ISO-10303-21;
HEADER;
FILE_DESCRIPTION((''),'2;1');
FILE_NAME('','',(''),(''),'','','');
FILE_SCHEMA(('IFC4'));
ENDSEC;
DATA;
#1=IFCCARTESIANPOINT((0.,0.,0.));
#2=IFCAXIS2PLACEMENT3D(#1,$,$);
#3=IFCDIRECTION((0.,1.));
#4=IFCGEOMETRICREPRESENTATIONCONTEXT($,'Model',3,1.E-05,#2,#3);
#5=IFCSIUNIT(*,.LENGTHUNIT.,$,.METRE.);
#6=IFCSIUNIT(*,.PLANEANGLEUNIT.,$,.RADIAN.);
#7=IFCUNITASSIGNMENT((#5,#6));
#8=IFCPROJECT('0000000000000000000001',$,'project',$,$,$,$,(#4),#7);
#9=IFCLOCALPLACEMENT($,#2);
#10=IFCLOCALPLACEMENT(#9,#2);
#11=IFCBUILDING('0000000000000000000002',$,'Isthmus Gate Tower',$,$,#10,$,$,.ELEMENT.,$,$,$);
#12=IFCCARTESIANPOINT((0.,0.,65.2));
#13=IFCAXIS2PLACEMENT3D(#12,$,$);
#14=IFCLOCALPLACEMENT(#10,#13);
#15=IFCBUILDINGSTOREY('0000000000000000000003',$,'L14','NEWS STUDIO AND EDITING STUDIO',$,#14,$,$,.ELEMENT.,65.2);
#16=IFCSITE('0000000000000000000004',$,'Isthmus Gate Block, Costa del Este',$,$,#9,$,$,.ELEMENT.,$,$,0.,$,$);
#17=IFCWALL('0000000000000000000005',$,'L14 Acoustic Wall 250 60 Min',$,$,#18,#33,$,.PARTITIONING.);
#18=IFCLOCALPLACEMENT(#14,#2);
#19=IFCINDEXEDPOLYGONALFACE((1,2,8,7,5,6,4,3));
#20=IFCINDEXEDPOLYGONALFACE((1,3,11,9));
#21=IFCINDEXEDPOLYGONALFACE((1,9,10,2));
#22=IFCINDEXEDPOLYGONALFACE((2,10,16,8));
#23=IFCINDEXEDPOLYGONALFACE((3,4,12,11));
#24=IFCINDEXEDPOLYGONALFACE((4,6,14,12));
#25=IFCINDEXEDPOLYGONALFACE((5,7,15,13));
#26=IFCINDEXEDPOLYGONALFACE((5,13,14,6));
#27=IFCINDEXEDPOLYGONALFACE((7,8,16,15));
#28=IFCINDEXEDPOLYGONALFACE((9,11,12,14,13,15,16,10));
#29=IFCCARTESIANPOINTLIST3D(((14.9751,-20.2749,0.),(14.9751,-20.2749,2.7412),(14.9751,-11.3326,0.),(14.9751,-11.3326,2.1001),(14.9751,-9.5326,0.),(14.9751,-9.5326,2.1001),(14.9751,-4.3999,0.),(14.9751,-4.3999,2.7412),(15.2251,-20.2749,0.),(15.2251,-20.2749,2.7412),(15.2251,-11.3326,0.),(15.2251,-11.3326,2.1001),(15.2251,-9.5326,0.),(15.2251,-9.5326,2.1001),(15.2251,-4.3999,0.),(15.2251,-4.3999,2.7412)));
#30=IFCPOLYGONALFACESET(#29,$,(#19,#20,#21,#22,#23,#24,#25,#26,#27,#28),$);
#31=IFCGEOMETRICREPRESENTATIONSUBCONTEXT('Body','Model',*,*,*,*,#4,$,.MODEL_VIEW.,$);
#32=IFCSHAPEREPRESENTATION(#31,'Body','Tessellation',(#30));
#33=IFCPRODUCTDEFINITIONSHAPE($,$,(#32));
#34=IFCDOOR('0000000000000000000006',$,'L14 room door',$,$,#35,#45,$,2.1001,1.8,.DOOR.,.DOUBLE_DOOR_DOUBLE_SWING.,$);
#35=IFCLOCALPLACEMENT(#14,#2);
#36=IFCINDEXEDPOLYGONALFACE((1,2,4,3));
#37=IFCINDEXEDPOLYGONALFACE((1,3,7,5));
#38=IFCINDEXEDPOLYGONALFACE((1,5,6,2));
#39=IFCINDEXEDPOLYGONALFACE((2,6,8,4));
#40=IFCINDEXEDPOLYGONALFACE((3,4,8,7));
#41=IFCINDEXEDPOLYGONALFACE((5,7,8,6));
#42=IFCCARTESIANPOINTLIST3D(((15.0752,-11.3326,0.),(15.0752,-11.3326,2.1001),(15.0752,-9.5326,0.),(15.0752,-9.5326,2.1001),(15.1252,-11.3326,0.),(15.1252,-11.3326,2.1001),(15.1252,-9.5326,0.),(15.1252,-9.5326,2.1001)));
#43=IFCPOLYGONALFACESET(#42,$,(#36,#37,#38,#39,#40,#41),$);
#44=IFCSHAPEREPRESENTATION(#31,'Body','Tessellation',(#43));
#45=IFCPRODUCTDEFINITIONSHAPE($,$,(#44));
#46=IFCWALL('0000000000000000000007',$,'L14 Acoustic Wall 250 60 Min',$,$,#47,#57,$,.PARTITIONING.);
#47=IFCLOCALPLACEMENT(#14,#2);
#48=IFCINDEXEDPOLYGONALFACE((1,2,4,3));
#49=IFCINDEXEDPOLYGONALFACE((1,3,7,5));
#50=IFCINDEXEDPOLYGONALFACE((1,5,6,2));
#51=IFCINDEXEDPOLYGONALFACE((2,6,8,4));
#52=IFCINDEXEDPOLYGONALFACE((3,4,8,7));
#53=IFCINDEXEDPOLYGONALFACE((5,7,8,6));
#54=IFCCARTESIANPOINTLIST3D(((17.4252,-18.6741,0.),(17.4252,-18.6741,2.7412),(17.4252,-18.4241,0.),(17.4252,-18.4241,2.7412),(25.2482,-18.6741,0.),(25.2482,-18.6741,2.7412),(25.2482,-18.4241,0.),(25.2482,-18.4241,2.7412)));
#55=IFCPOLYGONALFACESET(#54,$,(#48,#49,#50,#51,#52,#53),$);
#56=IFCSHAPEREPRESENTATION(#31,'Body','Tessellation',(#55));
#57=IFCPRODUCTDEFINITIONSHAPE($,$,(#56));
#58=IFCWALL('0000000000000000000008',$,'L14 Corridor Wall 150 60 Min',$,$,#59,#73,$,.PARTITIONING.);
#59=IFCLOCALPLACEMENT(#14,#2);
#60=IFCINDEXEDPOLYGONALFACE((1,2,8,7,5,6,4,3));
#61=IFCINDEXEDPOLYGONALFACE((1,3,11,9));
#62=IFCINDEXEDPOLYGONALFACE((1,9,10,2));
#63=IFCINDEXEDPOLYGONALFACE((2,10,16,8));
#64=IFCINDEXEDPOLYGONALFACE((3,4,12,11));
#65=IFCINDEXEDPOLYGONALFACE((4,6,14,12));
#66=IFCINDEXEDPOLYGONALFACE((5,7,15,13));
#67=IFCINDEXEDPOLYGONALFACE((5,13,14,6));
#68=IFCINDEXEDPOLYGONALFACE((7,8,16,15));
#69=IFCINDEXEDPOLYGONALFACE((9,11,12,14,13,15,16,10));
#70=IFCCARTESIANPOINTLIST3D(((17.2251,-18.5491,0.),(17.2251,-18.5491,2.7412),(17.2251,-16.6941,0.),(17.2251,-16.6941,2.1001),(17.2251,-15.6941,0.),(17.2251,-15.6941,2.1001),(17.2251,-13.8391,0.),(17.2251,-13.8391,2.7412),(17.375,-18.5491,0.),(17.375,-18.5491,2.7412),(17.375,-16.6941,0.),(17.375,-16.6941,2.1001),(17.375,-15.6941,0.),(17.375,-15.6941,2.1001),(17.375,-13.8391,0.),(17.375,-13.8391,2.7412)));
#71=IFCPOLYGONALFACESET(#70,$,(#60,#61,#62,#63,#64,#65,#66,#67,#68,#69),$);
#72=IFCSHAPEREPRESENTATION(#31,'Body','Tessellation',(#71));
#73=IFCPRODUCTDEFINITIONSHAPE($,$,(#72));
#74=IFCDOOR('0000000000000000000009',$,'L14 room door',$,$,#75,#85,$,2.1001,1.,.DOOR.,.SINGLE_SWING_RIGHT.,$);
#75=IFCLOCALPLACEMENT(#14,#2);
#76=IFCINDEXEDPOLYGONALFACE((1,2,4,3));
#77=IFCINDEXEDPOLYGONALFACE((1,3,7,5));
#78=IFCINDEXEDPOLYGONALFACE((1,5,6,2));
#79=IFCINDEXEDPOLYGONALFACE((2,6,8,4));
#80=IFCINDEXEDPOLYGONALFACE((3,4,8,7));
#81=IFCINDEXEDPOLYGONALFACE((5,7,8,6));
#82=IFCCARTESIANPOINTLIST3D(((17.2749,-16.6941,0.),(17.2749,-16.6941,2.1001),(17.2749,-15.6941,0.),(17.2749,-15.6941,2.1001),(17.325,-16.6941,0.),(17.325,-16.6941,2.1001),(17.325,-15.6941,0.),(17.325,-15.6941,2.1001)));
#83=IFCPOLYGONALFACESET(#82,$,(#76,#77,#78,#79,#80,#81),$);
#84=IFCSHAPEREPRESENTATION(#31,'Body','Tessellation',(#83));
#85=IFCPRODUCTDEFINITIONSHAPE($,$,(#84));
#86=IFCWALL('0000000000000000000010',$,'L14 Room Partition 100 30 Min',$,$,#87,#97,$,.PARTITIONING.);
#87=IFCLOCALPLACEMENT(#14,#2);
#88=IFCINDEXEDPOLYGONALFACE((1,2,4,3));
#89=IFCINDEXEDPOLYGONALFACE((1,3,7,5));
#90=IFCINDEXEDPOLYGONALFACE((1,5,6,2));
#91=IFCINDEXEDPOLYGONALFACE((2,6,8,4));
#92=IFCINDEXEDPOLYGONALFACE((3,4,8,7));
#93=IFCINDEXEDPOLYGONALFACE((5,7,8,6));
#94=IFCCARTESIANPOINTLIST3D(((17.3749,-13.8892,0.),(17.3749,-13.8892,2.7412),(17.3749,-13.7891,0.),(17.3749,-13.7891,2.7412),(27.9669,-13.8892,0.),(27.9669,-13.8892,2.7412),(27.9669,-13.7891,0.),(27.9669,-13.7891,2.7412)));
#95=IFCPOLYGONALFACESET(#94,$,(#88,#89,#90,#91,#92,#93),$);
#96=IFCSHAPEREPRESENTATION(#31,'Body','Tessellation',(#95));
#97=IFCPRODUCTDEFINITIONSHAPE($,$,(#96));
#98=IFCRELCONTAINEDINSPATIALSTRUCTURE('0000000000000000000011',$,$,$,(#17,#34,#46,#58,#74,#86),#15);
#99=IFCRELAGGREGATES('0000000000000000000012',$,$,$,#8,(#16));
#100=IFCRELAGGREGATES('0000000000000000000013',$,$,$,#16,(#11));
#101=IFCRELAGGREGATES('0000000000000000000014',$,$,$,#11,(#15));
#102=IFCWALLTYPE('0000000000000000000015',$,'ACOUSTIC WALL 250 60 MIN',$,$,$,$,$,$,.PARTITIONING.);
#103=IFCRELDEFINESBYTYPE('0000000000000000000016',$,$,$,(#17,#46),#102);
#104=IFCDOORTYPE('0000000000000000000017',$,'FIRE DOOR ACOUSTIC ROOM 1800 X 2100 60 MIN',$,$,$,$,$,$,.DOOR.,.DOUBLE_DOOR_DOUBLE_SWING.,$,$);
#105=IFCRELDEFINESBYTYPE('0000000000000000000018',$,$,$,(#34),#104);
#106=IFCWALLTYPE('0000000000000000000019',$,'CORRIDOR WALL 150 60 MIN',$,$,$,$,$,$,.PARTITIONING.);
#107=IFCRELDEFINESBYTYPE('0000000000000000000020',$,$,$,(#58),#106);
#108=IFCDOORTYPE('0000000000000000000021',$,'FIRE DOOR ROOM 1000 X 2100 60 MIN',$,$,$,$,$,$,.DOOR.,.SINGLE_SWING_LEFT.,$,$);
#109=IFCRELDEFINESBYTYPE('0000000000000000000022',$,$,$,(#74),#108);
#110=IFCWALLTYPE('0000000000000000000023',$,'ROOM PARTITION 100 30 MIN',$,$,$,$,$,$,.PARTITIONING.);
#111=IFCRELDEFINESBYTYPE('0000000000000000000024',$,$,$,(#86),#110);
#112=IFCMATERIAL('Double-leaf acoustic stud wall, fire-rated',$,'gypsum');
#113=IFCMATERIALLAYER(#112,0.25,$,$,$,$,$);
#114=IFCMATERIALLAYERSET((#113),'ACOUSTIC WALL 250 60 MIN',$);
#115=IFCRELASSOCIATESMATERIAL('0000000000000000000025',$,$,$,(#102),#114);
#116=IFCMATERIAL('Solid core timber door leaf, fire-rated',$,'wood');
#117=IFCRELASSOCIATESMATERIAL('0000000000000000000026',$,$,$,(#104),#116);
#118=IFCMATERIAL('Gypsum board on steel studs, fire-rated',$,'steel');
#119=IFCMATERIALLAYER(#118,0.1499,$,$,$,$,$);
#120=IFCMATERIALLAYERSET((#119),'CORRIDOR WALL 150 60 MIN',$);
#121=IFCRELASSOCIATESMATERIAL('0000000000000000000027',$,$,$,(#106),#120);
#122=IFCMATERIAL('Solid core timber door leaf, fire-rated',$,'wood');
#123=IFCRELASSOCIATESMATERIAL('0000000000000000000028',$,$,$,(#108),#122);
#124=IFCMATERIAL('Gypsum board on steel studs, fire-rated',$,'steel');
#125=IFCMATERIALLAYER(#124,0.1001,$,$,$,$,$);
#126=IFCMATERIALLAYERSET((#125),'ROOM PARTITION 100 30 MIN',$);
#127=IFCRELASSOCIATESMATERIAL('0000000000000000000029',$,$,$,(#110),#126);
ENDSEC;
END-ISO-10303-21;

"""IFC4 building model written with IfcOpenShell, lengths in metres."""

from ifc_helpers import new_model, si_unit, direction, frame, frame_2d, origin, place, context, subcontext, project, spatial, rectangle, extrude, material, layer, layer_set, type_object, element, fill, save


model = new_model("IFC4")

# Units and contexts
model_context = context("Model", 3, precision=1e-05, world=origin(), true_north=direction((0.0, 1.0)))
body_context = subcontext(model_context, "Body", "Model", "MODEL_VIEW")
ifc_project = project(units=[si_unit("LENGTHUNIT", "METRE"), si_unit("PLANEANGLEUNIT", "RADIAN")], contexts=[model_context])

# Site, building, storey
site_placement = place(None, origin())
site = spatial("IfcSite", under=ifc_project, at=site_placement, Name="Isthmus Gate Block, Costa del Este", CompositionType="ELEMENT", RefElevation=0.0)
building_placement = place(site_placement, origin())
building = spatial("IfcBuilding", under=site, at=building_placement, Name="Isthmus Gate Tower", CompositionType="ELEMENT")
storey_placement = place(building_placement, frame((0.0, 0.0, 65.2)))
storey = spatial("IfcBuildingStorey", under=building, at=storey_placement, Name="L14", Description="NEWS STUDIO AND EDITING STUDIO", CompositionType="ELEMENT", Elevation=65.2)

# Shared definitions
ifc_material_1 = material(Name="Double-leaf acoustic stud wall, fire-rated", Category="gypsum")
ifc_layer_1 = layer(ifc_material_1, 0.25)
ifc_layer_set_1 = layer_set([ifc_layer_1], Name="ACOUSTIC WALL 250 60 MIN")
wall_type_1 = type_object("IfcWallType", Name="ACOUSTIC WALL 250 60 MIN", PredefinedType="PARTITIONING", material=ifc_layer_set_1)

# Wall, opening, door
wall_1_placement = place(storey_placement, frame((15.1001, -20.2749, 0.0), z_axis=(0.0, 0.0, 1.0), x_axis=(0.0, 1.0, 0.0)))
wall_1 = element("IfcWall", 1, at=wall_1_placement, inside=storey, type_object=wall_type_1, Name="L14 Acoustic Wall 250 60 Min", PredefinedType="PARTITIONING", context=body_context, shape_type="SweptSolid", body=[
    extrude(rectangle(XDim=15.875, YDim=0.25, at=frame_2d((7.9375, 0.0))), origin(), (0.0, 0.0, 1.0), 2.7412),
])
opening_1_placement = place(wall_1_placement, frame((8.9424, 0.0, 0.0)))
opening_1 = element("IfcOpeningElement", 2, at=opening_1_placement, cuts=wall_1, PredefinedType="OPENING", context=body_context, shape_type="SweptSolid", body=[
    extrude(rectangle(XDim=1.8, YDim=2.1001, at=frame_2d((0.8999, 1.05))), frame((0.0, 0.135, 0.0), z_axis=(0.0, -1.0, 0.0), x_axis=(1.0, 0.0, 0.0)), (0.0, 0.0, 1.0), 0.27),
])
ifc_material_2 = material(Name="Solid core timber door leaf, fire-rated", Category="wood")
door_type_1 = type_object("IfcDoorType", Name="FIRE DOOR ACOUSTIC ROOM 1800 X 2100 60 MIN", OperationType="DOUBLE_DOOR_DOUBLE_SWING", PredefinedType="DOOR", material=ifc_material_2)
door_1_placement = place(opening_1_placement, origin())
door_1 = element("IfcDoor", 3, at=door_1_placement, inside=storey, type_object=door_type_1, Name="L14 room door", OperationType="DOUBLE_DOOR_DOUBLE_SWING", OverallHeight=2.1001, OverallWidth=1.8, PredefinedType="DOOR", context=body_context, shape_type="SweptSolid", body=[
    extrude(rectangle(XDim=1.8, YDim=2.1001, at=frame_2d((0.8999, 1.05))), frame((0.0, 0.0249, 0.0), z_axis=(0.0, -1.0, 0.0), x_axis=(1.0, 0.0, 0.0)), (0.0, 0.0, 1.0), 0.05),
])
fill(opening_1, door_1)

# Wall
wall_2_placement = place(storey_placement, frame((17.425, -18.5491, 0.0), z_axis=(0.0, 0.0, 1.0), x_axis=(1.0, 0.0, 0.0)))
element("IfcWall", 4, at=wall_2_placement, inside=storey, type_object=wall_type_1, Name="L14 Acoustic Wall 250 60 Min", PredefinedType="PARTITIONING", context=body_context, shape_type="SweptSolid", body=[
    extrude(rectangle(XDim=7.823, YDim=0.25, at=frame_2d((3.9116, 0.0))), origin(), (0.0, 0.0, 1.0), 2.7412),
])

# Wall, opening, door
ifc_material_3 = material(Name="Gypsum board on steel studs, fire-rated", Category="steel")
ifc_layer_2 = layer(ifc_material_3, 0.1499)
ifc_layer_set_2 = layer_set([ifc_layer_2], Name="CORRIDOR WALL 150 60 MIN")
wall_type_2 = type_object("IfcWallType", Name="CORRIDOR WALL 150 60 MIN", PredefinedType="PARTITIONING", material=ifc_layer_set_2)
wall_3_placement = place(storey_placement, frame((17.3, -13.8391, 0.0), z_axis=(0.0, 0.0, 1.0), x_axis=(0.0, -1.0, 0.0)))
wall_3 = element("IfcWall", 5, at=wall_3_placement, inside=storey, type_object=wall_type_2, Name="L14 Corridor Wall 150 60 Min", PredefinedType="PARTITIONING", context=body_context, shape_type="SweptSolid", body=[
    extrude(rectangle(XDim=4.71, YDim=0.1499, at=frame_2d((2.355, 0.0))), origin(), (0.0, 0.0, 1.0), 2.7412),
])
opening_2_placement = place(wall_3_placement, frame((1.855, 0.0, 0.0)))
opening_2 = element("IfcOpeningElement", 6, at=opening_2_placement, cuts=wall_3, PredefinedType="OPENING", context=body_context, shape_type="SweptSolid", body=[
    extrude(rectangle(XDim=1.0, YDim=2.1001, at=frame_2d((0.5, 1.05))), frame((0.0, 0.085, 0.0), z_axis=(0.0, -1.0, 0.0), x_axis=(1.0, 0.0, 0.0)), (0.0, 0.0, 1.0), 0.1699),
])
ifc_material_4 = material(Name="Solid core timber door leaf, fire-rated", Category="wood")
door_type_2 = type_object("IfcDoorType", Name="FIRE DOOR ROOM 1000 X 2100 60 MIN", OperationType="SINGLE_SWING_LEFT", PredefinedType="DOOR", material=ifc_material_4)
door_2_placement = place(opening_2_placement, origin())
door_2 = element("IfcDoor", 7, at=door_2_placement, inside=storey, type_object=door_type_2, Name="L14 room door", OperationType="SINGLE_SWING_RIGHT", OverallHeight=2.1001, OverallWidth=1.0, PredefinedType="DOOR", context=body_context, shape_type="SweptSolid", body=[
    extrude(rectangle(XDim=1.0, YDim=2.1001, at=frame_2d((0.5, 1.05))), frame((0.0, 0.0249, 0.0), z_axis=(0.0, -1.0, 0.0), x_axis=(1.0, 0.0, 0.0)), (0.0, 0.0, 1.0), 0.05),
])
fill(opening_2, door_2)

# Wall
ifc_material_5 = material(Name="Gypsum board on steel studs, fire-rated", Category="steel")
ifc_layer_3 = layer(ifc_material_5, 0.1001)
ifc_layer_set_3 = layer_set([ifc_layer_3], Name="ROOM PARTITION 100 30 MIN")
wall_type_3 = type_object("IfcWallType", Name="ROOM PARTITION 100 30 MIN", PredefinedType="PARTITIONING", material=ifc_layer_set_3)
wall_4_placement = place(storey_placement, frame((17.375, -13.8391, 0.0), z_axis=(0.0, 0.0, 1.0), x_axis=(1.0, 0.0, 0.0)))
element("IfcWall", 8, at=wall_4_placement, inside=storey, type_object=wall_type_3, Name="L14 Room Partition 100 30 Min", PredefinedType="PARTITIONING", context=body_context, shape_type="SweptSolid", body=[
    extrude(rectangle(XDim=10.592, YDim=0.1001, at=frame_2d((5.2959, 0.0))), origin(), (0.0, 0.0, 1.0), 2.7412),
])

save(model, "model.ifc")
